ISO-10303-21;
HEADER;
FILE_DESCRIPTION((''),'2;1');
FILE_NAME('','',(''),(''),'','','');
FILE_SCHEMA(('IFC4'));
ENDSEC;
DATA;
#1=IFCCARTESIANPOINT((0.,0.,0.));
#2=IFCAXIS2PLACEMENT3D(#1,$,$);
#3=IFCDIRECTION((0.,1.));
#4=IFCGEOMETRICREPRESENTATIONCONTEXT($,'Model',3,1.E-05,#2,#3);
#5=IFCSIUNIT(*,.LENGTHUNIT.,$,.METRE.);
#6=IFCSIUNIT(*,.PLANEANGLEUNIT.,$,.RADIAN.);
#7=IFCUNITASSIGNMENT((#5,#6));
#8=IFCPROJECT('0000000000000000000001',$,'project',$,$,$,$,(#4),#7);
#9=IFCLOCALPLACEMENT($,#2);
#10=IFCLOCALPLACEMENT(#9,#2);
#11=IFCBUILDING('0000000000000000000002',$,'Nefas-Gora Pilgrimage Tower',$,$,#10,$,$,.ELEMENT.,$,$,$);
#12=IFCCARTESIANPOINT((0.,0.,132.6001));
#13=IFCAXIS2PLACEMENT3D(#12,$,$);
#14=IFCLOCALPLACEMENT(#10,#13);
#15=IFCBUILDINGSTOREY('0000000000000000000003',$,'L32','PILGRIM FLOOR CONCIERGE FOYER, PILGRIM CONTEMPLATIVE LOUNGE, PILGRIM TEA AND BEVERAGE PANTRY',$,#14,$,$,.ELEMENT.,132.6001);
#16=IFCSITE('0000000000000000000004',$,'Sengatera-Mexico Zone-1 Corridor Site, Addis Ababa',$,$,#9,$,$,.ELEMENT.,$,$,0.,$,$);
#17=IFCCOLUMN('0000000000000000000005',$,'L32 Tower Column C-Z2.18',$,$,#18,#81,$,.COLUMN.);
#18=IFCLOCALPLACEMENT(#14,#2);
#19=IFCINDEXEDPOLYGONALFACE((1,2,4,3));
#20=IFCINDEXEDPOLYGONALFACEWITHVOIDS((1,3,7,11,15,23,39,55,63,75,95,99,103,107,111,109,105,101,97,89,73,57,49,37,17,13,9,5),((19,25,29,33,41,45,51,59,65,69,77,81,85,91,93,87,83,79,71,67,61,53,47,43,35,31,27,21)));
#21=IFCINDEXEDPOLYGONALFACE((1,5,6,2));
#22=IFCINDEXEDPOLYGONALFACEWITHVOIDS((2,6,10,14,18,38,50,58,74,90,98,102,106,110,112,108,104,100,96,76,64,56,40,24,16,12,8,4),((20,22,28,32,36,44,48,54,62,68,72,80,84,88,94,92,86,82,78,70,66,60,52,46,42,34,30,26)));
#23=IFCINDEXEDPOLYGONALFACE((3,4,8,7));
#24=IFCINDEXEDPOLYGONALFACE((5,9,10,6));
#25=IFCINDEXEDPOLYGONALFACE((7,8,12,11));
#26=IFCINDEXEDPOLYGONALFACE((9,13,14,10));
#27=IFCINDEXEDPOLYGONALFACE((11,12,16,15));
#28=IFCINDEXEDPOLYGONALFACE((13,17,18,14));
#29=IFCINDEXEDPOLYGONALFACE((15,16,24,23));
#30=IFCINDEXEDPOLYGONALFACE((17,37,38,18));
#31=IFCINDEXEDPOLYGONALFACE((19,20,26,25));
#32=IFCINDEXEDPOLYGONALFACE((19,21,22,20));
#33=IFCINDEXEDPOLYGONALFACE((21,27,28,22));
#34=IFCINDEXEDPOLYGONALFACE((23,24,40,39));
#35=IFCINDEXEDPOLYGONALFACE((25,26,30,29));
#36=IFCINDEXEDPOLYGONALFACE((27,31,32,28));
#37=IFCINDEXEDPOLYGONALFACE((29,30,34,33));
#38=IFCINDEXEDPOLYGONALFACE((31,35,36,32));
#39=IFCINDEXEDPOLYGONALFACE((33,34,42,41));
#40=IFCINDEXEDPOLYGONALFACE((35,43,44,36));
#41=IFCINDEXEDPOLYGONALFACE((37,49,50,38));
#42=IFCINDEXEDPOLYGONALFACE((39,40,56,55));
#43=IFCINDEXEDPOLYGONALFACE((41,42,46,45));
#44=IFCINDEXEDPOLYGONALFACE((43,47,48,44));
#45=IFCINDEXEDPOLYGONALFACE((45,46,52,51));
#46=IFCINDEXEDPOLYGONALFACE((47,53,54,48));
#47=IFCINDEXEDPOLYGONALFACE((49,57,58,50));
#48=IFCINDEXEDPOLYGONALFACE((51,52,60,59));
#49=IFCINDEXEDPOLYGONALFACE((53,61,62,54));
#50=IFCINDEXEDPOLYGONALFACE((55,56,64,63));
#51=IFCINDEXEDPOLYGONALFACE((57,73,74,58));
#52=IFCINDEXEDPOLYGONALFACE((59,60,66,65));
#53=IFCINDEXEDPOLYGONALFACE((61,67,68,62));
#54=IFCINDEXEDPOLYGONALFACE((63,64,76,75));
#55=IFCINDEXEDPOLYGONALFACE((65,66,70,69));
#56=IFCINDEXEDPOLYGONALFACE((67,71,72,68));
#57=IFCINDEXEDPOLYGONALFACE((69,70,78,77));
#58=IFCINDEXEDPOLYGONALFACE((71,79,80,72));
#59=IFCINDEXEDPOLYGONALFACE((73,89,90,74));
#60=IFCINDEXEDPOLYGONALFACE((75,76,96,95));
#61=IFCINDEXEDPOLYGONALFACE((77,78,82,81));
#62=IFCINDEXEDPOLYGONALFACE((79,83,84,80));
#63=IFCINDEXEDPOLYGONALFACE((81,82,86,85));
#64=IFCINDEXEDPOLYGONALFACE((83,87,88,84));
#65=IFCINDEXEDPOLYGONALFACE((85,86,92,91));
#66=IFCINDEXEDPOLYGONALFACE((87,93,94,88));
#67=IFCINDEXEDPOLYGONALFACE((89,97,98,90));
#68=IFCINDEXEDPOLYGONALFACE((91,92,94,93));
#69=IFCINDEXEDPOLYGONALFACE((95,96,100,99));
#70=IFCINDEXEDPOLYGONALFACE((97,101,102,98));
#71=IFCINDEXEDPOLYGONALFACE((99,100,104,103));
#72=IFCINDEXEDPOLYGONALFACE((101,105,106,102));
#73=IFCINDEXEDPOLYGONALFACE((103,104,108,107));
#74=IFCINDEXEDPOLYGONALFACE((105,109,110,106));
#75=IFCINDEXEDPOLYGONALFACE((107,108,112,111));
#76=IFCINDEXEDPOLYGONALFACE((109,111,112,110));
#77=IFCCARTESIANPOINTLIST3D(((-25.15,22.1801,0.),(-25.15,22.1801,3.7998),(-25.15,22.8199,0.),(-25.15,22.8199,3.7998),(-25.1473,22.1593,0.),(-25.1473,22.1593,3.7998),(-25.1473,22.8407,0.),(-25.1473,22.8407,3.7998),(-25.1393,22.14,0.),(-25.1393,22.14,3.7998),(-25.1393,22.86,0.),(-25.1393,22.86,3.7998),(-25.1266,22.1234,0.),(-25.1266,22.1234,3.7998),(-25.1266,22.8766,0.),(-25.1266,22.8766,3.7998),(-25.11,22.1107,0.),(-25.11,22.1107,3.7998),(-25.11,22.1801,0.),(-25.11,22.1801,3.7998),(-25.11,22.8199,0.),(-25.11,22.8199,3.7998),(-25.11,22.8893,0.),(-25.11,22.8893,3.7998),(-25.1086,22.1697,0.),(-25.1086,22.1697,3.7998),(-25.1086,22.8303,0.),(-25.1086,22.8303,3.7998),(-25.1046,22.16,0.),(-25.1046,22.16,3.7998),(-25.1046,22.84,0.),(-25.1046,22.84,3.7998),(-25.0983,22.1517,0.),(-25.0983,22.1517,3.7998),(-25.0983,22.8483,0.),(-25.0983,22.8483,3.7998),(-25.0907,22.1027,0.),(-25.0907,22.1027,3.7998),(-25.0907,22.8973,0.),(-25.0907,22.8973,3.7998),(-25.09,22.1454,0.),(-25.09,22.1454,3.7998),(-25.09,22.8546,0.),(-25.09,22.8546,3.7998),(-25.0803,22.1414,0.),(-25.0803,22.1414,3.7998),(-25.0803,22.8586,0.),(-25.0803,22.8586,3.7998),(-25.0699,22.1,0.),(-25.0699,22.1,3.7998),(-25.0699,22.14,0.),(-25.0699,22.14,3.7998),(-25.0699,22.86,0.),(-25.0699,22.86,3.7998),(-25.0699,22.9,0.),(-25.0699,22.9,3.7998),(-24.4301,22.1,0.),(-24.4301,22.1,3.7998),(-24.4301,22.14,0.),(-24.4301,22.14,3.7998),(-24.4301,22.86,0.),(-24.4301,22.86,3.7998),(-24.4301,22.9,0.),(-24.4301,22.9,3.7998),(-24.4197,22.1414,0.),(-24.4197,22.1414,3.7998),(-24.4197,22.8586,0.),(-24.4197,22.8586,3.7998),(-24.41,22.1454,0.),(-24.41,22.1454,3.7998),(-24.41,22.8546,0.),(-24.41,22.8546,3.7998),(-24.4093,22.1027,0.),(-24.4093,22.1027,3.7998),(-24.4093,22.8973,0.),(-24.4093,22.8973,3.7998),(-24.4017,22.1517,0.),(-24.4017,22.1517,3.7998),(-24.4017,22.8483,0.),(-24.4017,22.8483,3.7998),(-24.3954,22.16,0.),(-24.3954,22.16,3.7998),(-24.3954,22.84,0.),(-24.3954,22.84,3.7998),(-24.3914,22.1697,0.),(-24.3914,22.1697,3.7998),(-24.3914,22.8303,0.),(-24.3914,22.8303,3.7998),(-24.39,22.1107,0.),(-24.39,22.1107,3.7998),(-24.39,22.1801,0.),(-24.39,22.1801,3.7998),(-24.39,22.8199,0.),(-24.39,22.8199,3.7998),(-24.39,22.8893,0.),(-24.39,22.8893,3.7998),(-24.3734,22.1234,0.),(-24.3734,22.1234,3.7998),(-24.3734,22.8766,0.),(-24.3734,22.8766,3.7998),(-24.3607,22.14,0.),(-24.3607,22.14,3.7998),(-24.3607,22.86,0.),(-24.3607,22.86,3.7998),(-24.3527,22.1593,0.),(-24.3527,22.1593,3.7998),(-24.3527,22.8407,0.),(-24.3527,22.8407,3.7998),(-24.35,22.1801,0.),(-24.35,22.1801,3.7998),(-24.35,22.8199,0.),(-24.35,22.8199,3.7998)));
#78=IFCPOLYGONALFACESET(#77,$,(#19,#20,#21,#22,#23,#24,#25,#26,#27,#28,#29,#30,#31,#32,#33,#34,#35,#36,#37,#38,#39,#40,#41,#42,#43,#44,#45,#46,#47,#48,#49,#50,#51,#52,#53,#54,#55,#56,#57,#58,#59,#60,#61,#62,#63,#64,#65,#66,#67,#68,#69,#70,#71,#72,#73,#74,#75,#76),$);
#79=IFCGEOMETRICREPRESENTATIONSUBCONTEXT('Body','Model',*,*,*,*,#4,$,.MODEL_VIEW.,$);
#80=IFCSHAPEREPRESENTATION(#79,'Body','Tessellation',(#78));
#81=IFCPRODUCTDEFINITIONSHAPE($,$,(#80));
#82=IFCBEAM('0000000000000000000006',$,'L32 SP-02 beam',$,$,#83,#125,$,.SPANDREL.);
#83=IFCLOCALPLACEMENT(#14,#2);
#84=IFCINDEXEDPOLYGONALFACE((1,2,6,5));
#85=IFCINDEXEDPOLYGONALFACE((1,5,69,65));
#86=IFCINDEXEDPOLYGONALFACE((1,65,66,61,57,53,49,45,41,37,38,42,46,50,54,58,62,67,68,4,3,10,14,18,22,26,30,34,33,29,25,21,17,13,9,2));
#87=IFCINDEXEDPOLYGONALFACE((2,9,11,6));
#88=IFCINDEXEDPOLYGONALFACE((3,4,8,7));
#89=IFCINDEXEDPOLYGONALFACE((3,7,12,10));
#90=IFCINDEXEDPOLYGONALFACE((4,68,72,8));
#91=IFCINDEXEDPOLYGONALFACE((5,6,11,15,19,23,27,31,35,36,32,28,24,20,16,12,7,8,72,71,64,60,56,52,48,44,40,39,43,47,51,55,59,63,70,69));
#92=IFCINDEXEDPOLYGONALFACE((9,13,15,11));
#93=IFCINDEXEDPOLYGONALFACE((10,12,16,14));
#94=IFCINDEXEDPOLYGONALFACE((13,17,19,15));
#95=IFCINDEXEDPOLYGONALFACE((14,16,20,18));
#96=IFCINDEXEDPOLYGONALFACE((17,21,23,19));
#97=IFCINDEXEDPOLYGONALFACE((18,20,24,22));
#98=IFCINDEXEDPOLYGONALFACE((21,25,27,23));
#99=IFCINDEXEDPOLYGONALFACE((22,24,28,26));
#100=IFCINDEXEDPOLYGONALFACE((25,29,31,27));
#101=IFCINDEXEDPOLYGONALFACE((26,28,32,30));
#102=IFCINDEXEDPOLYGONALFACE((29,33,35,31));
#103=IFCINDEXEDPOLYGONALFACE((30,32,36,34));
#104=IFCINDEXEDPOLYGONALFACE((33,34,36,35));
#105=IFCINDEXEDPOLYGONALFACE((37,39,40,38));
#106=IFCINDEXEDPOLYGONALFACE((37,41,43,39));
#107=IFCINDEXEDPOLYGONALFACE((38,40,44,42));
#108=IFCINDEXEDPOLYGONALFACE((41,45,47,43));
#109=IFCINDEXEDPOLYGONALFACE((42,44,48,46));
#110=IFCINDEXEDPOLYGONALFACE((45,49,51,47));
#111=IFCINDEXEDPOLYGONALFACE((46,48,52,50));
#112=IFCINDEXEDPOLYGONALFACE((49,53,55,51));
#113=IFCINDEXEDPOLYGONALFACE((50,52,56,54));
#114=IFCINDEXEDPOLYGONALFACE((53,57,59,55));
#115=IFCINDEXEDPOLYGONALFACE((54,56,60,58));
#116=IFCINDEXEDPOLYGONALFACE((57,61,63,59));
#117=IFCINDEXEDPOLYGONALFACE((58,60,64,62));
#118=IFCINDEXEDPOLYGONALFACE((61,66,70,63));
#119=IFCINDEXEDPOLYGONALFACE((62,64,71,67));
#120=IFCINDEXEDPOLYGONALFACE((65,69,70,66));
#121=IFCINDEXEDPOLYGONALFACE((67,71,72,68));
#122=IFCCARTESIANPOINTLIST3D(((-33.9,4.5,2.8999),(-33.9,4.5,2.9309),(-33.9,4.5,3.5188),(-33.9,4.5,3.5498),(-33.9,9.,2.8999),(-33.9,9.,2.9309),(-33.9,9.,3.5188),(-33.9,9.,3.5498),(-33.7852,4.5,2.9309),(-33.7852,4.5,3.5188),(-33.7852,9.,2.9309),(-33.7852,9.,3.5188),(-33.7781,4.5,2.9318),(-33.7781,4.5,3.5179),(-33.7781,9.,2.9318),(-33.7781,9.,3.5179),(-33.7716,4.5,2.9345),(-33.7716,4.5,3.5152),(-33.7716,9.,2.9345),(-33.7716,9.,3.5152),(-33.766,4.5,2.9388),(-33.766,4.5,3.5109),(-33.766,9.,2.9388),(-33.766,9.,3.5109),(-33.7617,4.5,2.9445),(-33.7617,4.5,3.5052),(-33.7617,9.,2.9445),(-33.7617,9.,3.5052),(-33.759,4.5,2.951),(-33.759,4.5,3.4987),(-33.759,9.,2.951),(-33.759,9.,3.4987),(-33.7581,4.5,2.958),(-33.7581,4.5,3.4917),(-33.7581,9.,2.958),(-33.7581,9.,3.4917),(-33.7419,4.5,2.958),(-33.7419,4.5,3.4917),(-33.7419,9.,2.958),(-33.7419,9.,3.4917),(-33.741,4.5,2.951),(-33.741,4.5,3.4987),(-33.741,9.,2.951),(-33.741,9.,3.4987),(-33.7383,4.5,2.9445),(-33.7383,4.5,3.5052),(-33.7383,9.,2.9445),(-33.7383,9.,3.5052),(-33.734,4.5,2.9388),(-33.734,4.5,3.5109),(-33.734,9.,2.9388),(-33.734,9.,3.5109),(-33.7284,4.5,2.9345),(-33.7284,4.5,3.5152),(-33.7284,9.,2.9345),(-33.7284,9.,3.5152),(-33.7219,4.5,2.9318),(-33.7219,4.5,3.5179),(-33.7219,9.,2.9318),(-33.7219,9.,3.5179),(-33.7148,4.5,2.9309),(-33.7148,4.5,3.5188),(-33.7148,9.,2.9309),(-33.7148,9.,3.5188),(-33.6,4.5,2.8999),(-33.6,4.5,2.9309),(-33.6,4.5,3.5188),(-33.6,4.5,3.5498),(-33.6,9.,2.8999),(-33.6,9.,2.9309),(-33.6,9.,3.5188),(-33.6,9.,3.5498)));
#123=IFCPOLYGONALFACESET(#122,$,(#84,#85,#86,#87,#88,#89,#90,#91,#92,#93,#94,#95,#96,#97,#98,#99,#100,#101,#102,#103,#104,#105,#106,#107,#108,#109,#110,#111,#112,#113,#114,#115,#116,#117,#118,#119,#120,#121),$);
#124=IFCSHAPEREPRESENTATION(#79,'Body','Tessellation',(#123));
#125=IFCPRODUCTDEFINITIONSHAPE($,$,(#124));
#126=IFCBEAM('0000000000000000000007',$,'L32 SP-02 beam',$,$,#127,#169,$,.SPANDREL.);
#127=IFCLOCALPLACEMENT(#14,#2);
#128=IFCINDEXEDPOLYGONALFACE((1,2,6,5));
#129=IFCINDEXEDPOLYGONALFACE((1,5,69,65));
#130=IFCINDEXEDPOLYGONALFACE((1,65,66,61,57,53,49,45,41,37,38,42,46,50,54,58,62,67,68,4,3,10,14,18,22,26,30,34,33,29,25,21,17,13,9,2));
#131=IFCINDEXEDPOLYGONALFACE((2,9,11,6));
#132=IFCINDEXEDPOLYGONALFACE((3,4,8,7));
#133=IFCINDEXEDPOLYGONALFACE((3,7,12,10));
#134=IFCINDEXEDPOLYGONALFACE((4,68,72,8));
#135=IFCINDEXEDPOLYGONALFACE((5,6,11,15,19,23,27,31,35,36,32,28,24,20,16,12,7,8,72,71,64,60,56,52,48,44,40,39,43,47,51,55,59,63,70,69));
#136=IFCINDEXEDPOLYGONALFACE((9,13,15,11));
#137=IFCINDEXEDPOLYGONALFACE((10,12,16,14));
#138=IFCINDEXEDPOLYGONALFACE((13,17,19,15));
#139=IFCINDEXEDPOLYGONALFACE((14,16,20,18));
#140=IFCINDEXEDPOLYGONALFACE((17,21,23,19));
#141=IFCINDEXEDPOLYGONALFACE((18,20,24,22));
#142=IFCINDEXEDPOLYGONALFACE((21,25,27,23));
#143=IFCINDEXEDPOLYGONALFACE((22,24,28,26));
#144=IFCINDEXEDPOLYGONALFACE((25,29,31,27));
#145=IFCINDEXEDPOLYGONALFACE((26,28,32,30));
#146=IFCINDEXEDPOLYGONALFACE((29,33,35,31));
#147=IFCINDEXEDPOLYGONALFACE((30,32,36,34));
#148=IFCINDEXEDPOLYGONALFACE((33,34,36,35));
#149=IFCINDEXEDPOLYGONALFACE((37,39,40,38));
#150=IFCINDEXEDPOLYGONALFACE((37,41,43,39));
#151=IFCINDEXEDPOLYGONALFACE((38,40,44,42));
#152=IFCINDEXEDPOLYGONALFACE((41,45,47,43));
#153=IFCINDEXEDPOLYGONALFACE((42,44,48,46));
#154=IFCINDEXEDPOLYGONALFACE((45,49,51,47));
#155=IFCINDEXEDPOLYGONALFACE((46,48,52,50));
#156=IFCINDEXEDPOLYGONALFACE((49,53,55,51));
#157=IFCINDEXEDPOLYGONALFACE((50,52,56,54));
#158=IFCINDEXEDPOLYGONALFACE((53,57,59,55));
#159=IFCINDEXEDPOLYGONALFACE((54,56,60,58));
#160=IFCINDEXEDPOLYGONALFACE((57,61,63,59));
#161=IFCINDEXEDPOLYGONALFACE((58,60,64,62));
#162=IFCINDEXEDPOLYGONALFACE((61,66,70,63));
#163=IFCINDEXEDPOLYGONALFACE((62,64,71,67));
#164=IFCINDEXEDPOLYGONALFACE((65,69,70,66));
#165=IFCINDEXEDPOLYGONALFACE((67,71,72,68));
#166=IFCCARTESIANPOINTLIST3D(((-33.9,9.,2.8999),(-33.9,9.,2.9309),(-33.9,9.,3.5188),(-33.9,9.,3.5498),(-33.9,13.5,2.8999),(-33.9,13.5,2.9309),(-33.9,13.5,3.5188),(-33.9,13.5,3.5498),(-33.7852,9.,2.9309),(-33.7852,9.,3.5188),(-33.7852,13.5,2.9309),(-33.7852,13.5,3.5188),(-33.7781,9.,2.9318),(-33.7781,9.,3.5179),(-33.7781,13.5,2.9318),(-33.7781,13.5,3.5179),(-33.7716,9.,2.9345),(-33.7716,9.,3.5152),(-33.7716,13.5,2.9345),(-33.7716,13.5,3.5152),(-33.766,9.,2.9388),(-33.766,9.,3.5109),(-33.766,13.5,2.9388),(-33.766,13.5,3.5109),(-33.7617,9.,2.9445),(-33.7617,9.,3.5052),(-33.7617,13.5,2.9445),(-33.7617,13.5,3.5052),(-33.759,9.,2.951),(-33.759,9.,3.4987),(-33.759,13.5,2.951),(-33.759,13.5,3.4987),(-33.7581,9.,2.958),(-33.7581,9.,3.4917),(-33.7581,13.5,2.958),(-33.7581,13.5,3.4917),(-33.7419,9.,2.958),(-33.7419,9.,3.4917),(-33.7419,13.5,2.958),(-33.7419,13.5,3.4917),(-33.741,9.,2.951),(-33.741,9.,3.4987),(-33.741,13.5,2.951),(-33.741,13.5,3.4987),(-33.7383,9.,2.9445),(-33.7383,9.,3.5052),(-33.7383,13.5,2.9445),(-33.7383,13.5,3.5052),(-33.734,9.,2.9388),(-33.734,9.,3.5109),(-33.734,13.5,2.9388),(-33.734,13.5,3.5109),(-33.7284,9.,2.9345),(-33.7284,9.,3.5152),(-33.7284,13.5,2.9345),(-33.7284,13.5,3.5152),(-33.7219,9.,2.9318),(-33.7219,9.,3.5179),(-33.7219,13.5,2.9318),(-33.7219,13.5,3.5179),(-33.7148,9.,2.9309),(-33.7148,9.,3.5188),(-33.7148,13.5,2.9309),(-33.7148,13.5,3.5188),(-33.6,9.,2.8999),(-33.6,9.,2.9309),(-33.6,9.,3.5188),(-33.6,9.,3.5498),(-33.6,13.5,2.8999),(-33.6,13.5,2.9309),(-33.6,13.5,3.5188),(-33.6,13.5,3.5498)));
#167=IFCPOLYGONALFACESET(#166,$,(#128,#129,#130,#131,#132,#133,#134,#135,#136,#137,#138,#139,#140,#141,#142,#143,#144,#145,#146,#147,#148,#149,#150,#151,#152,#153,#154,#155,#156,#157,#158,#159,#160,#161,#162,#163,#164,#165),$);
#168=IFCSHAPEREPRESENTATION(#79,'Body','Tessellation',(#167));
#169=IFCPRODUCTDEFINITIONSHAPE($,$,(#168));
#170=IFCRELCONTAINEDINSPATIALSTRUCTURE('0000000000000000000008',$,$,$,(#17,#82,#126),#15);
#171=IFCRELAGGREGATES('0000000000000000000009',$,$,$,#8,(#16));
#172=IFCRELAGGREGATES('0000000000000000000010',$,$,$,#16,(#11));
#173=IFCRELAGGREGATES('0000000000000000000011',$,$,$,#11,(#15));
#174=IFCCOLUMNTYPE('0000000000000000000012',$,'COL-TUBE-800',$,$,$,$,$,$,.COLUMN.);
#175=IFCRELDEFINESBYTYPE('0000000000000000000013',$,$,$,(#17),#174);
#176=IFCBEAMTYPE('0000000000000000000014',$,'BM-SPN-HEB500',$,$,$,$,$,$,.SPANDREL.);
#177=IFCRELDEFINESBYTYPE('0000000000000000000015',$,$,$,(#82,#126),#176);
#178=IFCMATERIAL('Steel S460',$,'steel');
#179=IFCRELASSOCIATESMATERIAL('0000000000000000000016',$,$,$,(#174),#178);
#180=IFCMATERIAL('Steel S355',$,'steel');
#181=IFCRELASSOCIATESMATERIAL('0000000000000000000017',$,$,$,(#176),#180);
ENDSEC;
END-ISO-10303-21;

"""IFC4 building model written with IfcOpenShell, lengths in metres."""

from ifc_helpers import new_model, si_unit, direction, frame, origin, origin_2d, place, context, subcontext, project, spatial, hollow_rectangle, i_section, extrude, source, transform, mapped, material, material_profile, profile_set, type_object, element, save


model = new_model("IFC4")

# Units and contexts
model_context = context("Model", 3, precision=1e-05, world=origin(), true_north=direction((0.0, 1.0)))
body_context = subcontext(model_context, "Body", "Model", "MODEL_VIEW")
ifc_project = project(units=[si_unit("LENGTHUNIT", "METRE"), si_unit("PLANEANGLEUNIT", "RADIAN")], contexts=[model_context])

# Site, building, storey
site_placement = place(None, origin())
site = spatial("IfcSite", under=ifc_project, at=site_placement, Name="Sengatera-Mexico Zone-1 Corridor Site, Addis Ababa", CompositionType="ELEMENT", RefElevation=0.0)
building_placement = place(site_placement, origin())
building = spatial("IfcBuilding", under=site, at=building_placement, Name="Nefas-Gora Pilgrimage Tower", CompositionType="ELEMENT")
storey_placement = place(building_placement, frame((0.0, 0.0, 132.6001)))
storey = spatial("IfcBuildingStorey", under=building, at=storey_placement, Name="L32", Description="PILGRIM FLOOR CONCIERGE FOYER, PILGRIM CONTEMPLATIVE LOUNGE, PILGRIM TEA AND BEVERAGE PANTRY", CompositionType="ELEMENT", Elevation=132.6001)

# Column
ifc_material_1 = material(Name="Steel S460", Category="steel")
ifc_material_profile_1 = material_profile(ifc_material_1, hollow_rectangle(XDim=0.8, YDim=0.8, WallThickness=0.04, InnerFilletRadius=0.04, OuterFilletRadius=0.0801, at=origin_2d()), Name="BOX 800x800x40")
ifc_profile_set_1 = profile_set([ifc_material_profile_1], Name="Steel S460")
column_type_1 = type_object("IfcColumnType", Name="COL-TUBE-800", PredefinedType="COLUMN", material=ifc_profile_set_1)
shared_shape_1 = source(origin(), body_context, "Body", "SweptSolid", [
    extrude(hollow_rectangle(XDim=0.8, YDim=0.8, WallThickness=0.04, InnerFilletRadius=0.04, OuterFilletRadius=0.0801, at=origin_2d()), origin(), (0.0, 0.0, 1.0), 3.7998),
])
for number, where, z_axis, x_axis, name in (
    (1, (-24.75, 22.5, 0.0), (0.0, 0.0, 1.0), (1.0, 0.0, 0.0), "L32 Tower Column C-Z2.18"),
):
    element("IfcColumn", number, at=place(storey_placement, frame(where, z_axis=z_axis, x_axis=x_axis)), inside=storey, type_object=column_type_1, Name=name, PredefinedType="COLUMN", context=body_context, shape_type="MappedRepresentation", body=[
        mapped(shared_shape_1, transform((0.0, 0.0, 0.0), x_axis=(1.0, 0.0, 0.0), y_axis=(0.0, 1.0, 0.0), z_axis=(0.0, 0.0, 1.0), scale=1.0)),
    ])

# Beams
ifc_material_2 = material(Name="Steel S355", Category="steel")
ifc_material_profile_2 = material_profile(ifc_material_2, i_section(OverallWidth=0.3, OverallDepth=0.6499, WebThickness=0.0161, FlangeThickness=0.031, FilletRadius=0.0271, at=origin_2d()), Name="HEB 650")
ifc_profile_set_2 = profile_set([ifc_material_profile_2], Name="Steel S355")
beam_type_1 = type_object("IfcBeamType", Name="BM-SPN-HEB500", PredefinedType="SPANDREL", material=ifc_profile_set_2)
shared_shape_2 = source(origin(), body_context, "Body", "SweptSolid", [
    extrude(i_section(OverallWidth=0.3, OverallDepth=0.6499, WebThickness=0.0161, FlangeThickness=0.031, FilletRadius=0.0271, at=origin_2d()), origin(), (0.0, 0.0, 1.0), 4.5),
])
for number, where, z_axis, x_axis, name in (
    (2, (-33.75, 4.5, 3.2249), (0.0, 1.0, 0.0), (-1.0, 0.0, 0.0), "L32 SP-02 beam"),
    (3, (-33.75, 9.0, 3.2249), (0.0, 1.0, 0.0), (-1.0, 0.0, 0.0), "L32 SP-02 beam"),
):
    element("IfcBeam", number, at=place(storey_placement, frame(where, z_axis=z_axis, x_axis=x_axis)), inside=storey, type_object=beam_type_1, Name=name, PredefinedType="SPANDREL", context=body_context, shape_type="MappedRepresentation", body=[
        mapped(shared_shape_2, transform((0.0, 0.0, 0.0), x_axis=(1.0, 0.0, 0.0), y_axis=(0.0, 1.0, 0.0), z_axis=(0.0, 0.0, 1.0), scale=1.0)),
    ])

save(model, "model.ifc")
